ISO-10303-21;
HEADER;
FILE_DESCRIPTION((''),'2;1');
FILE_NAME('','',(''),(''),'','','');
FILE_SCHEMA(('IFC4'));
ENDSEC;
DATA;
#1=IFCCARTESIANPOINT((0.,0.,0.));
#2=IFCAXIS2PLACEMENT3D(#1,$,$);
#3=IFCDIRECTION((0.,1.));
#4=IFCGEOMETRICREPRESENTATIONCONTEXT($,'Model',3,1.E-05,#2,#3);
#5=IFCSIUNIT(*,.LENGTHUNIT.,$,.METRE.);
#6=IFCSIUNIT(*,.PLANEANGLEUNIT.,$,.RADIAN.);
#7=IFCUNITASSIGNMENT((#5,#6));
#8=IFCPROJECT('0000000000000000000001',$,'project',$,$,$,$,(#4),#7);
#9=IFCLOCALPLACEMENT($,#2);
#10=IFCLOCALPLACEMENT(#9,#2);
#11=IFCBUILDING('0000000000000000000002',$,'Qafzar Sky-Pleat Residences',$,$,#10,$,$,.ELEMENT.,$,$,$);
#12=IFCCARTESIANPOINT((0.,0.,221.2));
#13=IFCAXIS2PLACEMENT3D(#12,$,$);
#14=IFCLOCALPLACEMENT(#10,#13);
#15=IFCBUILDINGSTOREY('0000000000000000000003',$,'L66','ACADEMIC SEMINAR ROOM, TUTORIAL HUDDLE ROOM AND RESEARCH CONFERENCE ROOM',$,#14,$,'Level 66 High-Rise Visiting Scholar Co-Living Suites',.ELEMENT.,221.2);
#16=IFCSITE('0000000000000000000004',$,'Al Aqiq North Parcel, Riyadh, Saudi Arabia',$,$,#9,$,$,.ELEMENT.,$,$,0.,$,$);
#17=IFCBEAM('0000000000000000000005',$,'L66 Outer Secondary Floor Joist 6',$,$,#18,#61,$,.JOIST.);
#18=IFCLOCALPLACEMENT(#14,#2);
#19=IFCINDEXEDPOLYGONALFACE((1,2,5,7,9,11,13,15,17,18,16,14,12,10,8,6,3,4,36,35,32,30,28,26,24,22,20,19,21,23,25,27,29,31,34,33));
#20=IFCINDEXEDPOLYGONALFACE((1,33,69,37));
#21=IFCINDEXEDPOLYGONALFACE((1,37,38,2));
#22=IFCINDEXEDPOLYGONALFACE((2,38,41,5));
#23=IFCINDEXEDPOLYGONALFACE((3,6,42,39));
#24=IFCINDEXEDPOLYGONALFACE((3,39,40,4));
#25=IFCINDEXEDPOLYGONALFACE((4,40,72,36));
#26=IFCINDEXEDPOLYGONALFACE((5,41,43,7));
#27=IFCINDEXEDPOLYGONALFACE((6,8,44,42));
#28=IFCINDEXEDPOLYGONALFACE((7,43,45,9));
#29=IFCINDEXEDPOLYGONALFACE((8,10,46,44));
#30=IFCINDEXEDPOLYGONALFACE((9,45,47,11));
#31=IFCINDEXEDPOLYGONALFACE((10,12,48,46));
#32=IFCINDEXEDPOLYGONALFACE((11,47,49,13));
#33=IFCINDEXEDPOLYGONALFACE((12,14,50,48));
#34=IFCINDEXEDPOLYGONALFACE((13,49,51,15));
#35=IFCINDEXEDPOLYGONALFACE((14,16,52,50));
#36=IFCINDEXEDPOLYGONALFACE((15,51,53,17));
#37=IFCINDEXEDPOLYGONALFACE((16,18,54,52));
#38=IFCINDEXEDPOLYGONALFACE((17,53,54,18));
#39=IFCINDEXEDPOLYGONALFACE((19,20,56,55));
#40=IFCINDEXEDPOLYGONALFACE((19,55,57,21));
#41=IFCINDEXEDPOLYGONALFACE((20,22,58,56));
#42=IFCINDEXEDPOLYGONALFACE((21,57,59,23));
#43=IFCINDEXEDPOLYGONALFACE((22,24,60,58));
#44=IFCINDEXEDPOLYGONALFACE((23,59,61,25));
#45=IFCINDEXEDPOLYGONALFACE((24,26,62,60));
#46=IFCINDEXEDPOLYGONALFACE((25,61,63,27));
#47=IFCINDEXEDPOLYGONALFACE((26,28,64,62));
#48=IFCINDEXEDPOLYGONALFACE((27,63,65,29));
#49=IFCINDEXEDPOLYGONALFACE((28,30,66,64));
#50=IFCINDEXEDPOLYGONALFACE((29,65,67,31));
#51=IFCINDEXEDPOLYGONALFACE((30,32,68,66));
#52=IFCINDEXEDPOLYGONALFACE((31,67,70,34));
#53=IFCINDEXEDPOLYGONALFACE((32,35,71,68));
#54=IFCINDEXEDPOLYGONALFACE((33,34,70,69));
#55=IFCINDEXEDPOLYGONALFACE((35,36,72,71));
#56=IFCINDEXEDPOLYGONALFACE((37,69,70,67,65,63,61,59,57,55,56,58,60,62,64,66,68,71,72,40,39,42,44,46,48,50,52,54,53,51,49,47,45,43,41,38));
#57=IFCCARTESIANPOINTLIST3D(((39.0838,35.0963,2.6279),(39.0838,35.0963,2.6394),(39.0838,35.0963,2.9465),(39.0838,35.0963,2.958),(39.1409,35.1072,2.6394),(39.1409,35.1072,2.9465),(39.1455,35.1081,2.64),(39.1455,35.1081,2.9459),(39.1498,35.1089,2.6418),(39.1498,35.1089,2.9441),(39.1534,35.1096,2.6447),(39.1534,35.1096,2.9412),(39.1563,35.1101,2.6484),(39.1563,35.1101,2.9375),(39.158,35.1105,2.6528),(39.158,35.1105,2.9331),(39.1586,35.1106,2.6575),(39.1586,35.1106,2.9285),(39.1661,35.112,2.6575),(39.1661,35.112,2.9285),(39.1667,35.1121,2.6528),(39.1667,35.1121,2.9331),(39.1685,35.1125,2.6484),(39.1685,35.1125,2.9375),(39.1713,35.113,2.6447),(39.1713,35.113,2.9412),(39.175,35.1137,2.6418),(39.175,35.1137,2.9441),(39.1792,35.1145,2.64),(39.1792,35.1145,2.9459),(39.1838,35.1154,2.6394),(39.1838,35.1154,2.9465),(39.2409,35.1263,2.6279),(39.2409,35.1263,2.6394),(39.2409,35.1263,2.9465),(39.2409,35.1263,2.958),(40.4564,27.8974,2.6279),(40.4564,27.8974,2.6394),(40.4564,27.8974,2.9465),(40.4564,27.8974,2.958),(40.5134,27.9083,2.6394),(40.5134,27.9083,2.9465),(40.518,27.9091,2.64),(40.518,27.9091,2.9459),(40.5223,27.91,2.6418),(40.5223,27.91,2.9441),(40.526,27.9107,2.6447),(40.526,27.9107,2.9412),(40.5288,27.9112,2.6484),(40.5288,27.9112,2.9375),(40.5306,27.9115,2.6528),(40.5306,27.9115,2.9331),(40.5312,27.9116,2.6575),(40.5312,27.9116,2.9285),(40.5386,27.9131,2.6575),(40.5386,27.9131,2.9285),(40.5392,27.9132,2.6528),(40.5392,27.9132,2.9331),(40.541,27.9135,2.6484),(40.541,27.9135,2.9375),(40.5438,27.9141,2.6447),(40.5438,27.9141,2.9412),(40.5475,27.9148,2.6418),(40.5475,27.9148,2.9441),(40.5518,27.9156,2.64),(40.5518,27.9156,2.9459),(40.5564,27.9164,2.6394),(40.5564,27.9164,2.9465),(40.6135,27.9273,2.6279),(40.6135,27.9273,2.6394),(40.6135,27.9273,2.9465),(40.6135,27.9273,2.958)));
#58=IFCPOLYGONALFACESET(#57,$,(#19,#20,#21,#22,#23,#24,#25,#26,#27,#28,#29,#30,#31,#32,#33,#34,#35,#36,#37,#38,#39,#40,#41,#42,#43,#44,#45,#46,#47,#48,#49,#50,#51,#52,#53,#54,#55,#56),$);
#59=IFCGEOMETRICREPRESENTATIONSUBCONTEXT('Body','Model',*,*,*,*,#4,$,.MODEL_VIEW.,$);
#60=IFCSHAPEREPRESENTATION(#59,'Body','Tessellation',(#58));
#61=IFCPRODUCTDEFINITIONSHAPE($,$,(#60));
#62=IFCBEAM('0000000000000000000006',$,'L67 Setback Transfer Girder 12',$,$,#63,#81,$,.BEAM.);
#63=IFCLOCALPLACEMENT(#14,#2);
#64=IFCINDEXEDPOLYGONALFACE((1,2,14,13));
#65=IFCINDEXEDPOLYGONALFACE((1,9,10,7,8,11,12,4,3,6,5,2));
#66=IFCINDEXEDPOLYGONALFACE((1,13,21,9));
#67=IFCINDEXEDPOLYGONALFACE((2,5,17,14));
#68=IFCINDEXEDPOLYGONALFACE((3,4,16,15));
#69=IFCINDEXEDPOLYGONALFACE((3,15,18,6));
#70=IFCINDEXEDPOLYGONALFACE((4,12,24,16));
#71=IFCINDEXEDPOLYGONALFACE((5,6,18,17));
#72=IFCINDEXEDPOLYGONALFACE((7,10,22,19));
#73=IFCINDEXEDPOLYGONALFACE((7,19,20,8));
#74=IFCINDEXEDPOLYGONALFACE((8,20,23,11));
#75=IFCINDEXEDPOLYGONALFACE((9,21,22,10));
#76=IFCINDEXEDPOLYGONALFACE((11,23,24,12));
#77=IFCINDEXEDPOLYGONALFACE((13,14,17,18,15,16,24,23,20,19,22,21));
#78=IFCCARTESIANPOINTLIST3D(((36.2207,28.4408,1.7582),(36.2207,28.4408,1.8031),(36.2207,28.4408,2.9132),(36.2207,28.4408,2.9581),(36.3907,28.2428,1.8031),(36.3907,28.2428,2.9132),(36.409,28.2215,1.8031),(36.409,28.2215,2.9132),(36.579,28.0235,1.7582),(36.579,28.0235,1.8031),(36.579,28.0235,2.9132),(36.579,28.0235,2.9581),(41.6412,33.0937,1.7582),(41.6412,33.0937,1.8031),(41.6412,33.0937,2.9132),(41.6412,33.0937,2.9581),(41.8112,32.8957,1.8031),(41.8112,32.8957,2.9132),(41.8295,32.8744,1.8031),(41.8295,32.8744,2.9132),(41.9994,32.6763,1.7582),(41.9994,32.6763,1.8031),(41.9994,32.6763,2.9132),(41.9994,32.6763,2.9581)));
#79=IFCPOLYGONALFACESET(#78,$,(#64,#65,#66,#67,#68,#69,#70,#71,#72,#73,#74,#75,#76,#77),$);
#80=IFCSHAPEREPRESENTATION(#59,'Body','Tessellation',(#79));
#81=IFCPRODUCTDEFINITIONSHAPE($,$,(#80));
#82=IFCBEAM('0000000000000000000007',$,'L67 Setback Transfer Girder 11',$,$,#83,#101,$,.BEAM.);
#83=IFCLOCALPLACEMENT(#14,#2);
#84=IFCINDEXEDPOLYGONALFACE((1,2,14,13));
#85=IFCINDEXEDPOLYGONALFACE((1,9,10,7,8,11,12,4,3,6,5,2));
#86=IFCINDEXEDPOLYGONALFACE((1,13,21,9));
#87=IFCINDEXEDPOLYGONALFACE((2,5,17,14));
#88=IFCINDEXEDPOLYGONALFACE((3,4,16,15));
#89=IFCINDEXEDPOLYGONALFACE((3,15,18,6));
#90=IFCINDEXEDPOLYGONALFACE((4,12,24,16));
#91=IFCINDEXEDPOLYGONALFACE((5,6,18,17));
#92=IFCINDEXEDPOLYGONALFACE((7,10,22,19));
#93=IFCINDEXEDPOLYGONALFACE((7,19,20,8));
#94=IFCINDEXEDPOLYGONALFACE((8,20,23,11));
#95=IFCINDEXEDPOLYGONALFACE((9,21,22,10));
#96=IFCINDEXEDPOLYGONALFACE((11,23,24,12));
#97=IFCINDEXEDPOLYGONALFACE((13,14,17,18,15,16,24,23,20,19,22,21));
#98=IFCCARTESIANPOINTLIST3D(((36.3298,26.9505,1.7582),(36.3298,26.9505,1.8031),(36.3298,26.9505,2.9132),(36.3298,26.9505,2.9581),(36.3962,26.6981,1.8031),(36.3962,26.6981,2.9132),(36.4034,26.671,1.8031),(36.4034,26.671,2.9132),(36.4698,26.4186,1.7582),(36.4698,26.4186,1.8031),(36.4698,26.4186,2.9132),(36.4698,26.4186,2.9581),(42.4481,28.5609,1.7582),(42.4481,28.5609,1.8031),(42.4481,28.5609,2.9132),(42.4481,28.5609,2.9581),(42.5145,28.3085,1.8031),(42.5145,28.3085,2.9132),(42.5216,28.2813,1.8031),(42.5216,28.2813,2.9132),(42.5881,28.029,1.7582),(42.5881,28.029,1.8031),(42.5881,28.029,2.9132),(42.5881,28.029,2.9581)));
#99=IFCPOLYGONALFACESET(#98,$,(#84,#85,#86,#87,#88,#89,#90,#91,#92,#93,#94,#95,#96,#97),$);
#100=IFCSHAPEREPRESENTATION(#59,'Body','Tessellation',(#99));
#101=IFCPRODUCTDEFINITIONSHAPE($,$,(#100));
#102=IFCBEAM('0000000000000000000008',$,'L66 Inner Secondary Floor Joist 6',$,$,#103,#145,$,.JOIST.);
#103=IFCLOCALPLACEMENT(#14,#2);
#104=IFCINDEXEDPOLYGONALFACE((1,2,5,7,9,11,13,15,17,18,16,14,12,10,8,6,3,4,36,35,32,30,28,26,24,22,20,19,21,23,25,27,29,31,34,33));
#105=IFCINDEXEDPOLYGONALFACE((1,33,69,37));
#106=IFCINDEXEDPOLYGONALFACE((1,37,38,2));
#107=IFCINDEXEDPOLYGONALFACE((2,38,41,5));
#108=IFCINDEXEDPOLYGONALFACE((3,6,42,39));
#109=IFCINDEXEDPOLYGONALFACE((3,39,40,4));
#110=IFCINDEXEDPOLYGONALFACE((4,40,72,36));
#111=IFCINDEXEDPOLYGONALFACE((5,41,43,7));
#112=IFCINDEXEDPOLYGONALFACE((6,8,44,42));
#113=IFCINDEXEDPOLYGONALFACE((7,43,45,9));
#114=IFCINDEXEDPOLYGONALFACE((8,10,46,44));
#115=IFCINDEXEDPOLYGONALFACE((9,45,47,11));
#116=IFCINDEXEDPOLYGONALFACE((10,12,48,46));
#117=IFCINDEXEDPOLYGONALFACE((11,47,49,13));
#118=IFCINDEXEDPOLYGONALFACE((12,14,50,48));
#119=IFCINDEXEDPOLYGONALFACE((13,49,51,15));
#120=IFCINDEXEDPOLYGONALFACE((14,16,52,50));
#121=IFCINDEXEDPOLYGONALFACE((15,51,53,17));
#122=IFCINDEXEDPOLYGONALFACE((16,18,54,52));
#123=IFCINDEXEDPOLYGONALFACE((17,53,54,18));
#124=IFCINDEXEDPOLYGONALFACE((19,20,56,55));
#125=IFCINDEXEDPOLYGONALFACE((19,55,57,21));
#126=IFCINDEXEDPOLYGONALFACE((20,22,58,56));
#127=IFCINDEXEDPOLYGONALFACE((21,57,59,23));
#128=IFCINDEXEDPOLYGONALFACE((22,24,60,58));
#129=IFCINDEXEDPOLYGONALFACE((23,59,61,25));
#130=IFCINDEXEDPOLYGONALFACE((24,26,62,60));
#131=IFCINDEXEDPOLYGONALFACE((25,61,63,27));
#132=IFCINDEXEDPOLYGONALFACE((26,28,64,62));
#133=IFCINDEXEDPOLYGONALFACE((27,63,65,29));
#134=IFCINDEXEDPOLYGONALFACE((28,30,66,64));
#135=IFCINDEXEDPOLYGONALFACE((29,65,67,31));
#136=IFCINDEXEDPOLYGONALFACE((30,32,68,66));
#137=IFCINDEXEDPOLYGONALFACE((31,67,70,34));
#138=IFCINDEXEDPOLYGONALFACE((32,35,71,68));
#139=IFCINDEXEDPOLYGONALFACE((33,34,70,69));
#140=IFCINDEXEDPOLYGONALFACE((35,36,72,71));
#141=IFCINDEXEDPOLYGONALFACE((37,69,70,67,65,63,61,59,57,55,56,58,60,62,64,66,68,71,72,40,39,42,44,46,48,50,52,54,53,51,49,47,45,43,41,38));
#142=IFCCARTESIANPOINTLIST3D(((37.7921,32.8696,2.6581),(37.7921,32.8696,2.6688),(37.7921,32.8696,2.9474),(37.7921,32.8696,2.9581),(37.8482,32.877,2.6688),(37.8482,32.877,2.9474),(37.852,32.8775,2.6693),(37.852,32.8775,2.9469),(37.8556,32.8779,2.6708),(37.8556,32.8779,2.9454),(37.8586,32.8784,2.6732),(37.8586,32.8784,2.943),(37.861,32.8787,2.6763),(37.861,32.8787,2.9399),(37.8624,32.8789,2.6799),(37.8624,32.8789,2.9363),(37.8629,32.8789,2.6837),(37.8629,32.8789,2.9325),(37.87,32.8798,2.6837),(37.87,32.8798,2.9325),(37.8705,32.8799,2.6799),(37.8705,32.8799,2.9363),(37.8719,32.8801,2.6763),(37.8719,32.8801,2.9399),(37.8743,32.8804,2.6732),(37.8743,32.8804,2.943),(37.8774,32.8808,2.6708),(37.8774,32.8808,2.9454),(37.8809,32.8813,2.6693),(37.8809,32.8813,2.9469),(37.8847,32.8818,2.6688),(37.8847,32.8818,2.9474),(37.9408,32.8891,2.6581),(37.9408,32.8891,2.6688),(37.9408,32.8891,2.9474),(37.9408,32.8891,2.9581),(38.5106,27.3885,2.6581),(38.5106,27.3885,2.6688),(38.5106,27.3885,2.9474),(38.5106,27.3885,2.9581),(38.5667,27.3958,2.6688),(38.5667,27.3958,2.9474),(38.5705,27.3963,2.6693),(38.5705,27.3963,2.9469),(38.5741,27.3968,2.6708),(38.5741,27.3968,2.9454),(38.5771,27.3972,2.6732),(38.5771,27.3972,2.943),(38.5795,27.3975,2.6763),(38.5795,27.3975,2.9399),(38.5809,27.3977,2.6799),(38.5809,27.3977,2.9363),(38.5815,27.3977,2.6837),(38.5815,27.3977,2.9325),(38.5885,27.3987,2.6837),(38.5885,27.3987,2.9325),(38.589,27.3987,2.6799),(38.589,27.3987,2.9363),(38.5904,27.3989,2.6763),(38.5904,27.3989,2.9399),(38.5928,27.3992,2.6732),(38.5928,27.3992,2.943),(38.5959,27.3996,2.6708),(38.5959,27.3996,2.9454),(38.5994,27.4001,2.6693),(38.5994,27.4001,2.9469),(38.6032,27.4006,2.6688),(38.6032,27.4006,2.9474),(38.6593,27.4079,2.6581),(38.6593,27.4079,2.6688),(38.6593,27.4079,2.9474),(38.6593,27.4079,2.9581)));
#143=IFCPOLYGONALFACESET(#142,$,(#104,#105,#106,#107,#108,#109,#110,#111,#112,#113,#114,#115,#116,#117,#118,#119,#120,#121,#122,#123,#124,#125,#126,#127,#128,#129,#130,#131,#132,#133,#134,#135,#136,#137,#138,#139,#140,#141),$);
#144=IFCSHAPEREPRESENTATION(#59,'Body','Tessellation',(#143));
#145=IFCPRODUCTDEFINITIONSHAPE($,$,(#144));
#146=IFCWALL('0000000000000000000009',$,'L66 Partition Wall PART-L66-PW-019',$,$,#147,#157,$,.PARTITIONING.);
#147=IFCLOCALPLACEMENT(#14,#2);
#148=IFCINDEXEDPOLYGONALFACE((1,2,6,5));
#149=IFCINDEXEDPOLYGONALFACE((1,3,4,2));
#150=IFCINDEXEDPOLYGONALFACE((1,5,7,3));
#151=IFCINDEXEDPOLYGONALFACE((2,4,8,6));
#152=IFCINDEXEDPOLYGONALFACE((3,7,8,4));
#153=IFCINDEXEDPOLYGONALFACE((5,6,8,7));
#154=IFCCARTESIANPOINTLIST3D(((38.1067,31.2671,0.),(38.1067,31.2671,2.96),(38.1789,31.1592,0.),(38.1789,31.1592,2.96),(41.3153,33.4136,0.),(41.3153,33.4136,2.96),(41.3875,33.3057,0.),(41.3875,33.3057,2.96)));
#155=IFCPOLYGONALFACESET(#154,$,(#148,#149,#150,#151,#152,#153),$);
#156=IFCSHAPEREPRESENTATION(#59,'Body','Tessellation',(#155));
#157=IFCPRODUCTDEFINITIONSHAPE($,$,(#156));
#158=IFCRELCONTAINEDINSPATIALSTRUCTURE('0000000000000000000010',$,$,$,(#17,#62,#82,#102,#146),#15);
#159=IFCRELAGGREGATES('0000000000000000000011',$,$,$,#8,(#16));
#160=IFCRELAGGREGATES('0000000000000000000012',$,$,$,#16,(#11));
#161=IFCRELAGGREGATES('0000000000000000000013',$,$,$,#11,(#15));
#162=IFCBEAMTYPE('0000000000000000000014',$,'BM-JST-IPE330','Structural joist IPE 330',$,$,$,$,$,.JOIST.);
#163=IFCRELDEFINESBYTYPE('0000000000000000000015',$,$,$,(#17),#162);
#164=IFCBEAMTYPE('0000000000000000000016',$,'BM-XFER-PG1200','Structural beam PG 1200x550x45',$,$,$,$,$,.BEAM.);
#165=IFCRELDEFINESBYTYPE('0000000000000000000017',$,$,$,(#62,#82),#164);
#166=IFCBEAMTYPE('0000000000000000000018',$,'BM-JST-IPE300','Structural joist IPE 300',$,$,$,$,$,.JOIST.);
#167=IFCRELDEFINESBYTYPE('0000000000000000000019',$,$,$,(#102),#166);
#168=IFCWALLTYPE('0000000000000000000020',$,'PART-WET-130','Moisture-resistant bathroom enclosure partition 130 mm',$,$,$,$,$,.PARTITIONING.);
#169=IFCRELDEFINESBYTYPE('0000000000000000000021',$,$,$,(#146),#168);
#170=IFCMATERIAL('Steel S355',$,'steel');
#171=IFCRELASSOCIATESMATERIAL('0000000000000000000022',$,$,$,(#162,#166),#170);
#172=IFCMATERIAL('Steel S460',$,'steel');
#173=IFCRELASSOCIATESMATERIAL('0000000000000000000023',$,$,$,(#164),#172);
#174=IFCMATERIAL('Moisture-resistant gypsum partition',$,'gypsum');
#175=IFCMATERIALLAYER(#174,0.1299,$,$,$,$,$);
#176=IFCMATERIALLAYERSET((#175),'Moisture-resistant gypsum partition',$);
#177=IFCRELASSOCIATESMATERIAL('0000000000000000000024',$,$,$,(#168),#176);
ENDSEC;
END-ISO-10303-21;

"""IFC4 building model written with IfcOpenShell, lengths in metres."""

from ifc_helpers import new_model, si_unit, direction, frame, frame_2d, origin, origin_2d, place, context, subcontext, project, spatial, rectangle, i_section, extrude, source, transform, mapped, material, layer, layer_set, material_profile, profile_set, type_object, element, save


model = new_model("IFC4")

# Units and contexts
model_context = context("Model", 3, precision=1e-05, world=origin(), true_north=direction((0.0, 1.0)))
body_context = subcontext(model_context, "Body", "Model", "MODEL_VIEW")
ifc_project = project(units=[si_unit("LENGTHUNIT", "METRE"), si_unit("PLANEANGLEUNIT", "RADIAN")], contexts=[model_context])

# Site, building, storey
site_placement = place(None, origin())
site = spatial("IfcSite", under=ifc_project, at=site_placement, Name="Al Aqiq North Parcel, Riyadh, Saudi Arabia", CompositionType="ELEMENT", RefElevation=0.0)
building_placement = place(site_placement, origin())
building = spatial("IfcBuilding", under=site, at=building_placement, Name="Qafzar Sky-Pleat Residences", CompositionType="ELEMENT")
storey_placement = place(building_placement, frame((0.0, 0.0, 221.2)))
storey = spatial("IfcBuildingStorey", under=building, at=storey_placement, Name="L66", Description="ACADEMIC SEMINAR ROOM, TUTORIAL HUDDLE ROOM AND RESEARCH CONFERENCE ROOM", LongName="Level 66 High-Rise Visiting Scholar Co-Living Suites", CompositionType="ELEMENT", Elevation=221.2)

# Shared definitions
ifc_material_1 = material(Name="Steel S355", Category="steel")

# Beams
ifc_material_profile_1 = material_profile(ifc_material_1, i_section(OverallWidth=0.1599, OverallDepth=0.3301, WebThickness=0.0076, FlangeThickness=0.0115, FilletRadius=0.0181, at=origin_2d()), Name="IPE 330")
ifc_profile_set_1 = profile_set([ifc_material_profile_1], Name="Steel S355")
beam_type_1 = type_object("IfcBeamType", Name="BM-JST-IPE330", Description="Structural joist IPE 330", PredefinedType="JOIST", material=ifc_profile_set_1)
shared_shape_1 = source(origin(), body_context, "Body", "SweptSolid", [
    extrude(i_section(OverallWidth=0.1599, OverallDepth=0.3301, WebThickness=0.0076, FlangeThickness=0.0115, FilletRadius=0.0181, at=origin_2d()), origin(), (0.0, 0.0, 1.0), 7.3286),
])
beam_1_placement = place(storey_placement, frame((40.5349, 27.9124, 2.793), z_axis=(-0.187287, 0.982305, 0.0), x_axis=(-0.982305, -0.187287, 0.0)))
element("IfcBeam", 1, at=beam_1_placement, inside=storey, type_object=beam_type_1, Name="L66 Outer Secondary Floor Joist 6", PredefinedType="JOIST", context=body_context, shape_type="MappedRepresentation", body=[
    mapped(shared_shape_1, transform((0.0, 0.0, 0.0), x_axis=(1.0, 0.0, 0.0), y_axis=(0.0, 1.0, 0.0), z_axis=(0.0, 0.0, 1.0), scale=1.0)),
])
ifc_material_2 = material(Name="Steel S460", Category="steel")
ifc_material_profile_2 = material_profile(ifc_material_2, i_section(OverallWidth=0.55, OverallDepth=1.2, WebThickness=0.0281, FlangeThickness=0.0449, at=origin_2d()), Name="PG 1200x550x45")
ifc_profile_set_2 = profile_set([ifc_material_profile_2], Name="Steel S460")
beam_type_2 = type_object("IfcBeamType", Name="BM-XFER-PG1200", Description="Structural beam PG 1200x550x45", PredefinedType="BEAM", material=ifc_profile_set_2)
shared_shape_2 = source(origin(), body_context, "Body", "SweptSolid", [
    extrude(i_section(OverallWidth=0.55, OverallDepth=1.2, WebThickness=0.0281, FlangeThickness=0.0449, at=origin_2d()), origin(), (0.0, 0.0, 1.0), 7.1436),
])
beam_2_placement = place(storey_placement, frame((41.8203, 32.885, 2.3582), z_axis=(-0.758788, -0.651337, 0.0), x_axis=(0.651337, -0.758788, 0.0)))
element("IfcBeam", 2, at=beam_2_placement, inside=storey, type_object=beam_type_2, Name="L67 Setback Transfer Girder 12", PredefinedType="BEAM", context=body_context, shape_type="MappedRepresentation", body=[
    mapped(shared_shape_2, transform((0.0, 0.0, 0.0), x_axis=(1.0, 0.0, 0.0), y_axis=(0.0, 1.0, 0.0), z_axis=(0.0, 0.0, 1.0), scale=1.0)),
])
shared_shape_3 = source(origin(), body_context, "Body", "SweptSolid", [
    extrude(i_section(OverallWidth=0.55, OverallDepth=1.2, WebThickness=0.0281, FlangeThickness=0.0449, at=origin_2d()), origin(), (0.0, 0.0, 1.0), 6.3267),
])
beam_3_placement = place(storey_placement, frame((42.5181, 28.2949, 2.3582), z_axis=(-0.967063, -0.254539, 0.0), x_axis=(0.254539, -0.967063, 0.0)))
element("IfcBeam", 3, at=beam_3_placement, inside=storey, type_object=beam_type_2, Name="L67 Setback Transfer Girder 11", PredefinedType="BEAM", context=body_context, shape_type="MappedRepresentation", body=[
    mapped(shared_shape_3, transform((0.0, 0.0, 0.0), x_axis=(1.0, 0.0, 0.0), y_axis=(0.0, 1.0, 0.0), z_axis=(0.0, 0.0, 1.0), scale=1.0)),
])
ifc_material_profile_3 = material_profile(ifc_material_1, i_section(OverallWidth=0.1499, OverallDepth=0.3, WebThickness=0.0071, FlangeThickness=0.0107, FilletRadius=0.0149, at=origin_2d()), Name="IPE 300")
ifc_profile_set_3 = profile_set([ifc_material_profile_3], Name="Steel S355")
beam_type_3 = type_object("IfcBeamType", Name="BM-JST-IPE300", Description="Structural joist IPE 300", PredefinedType="JOIST", material=ifc_profile_set_3)
shared_shape_4 = source(origin(), body_context, "Body", "SweptSolid", [
    extrude(i_section(OverallWidth=0.1499, OverallDepth=0.3, WebThickness=0.0071, FlangeThickness=0.0107, FilletRadius=0.0149, at=origin_2d()), origin(), (0.0, 0.0, 1.0), 5.5281),
])
beam_4_placement = place(storey_placement, frame((38.585, 27.3982, 2.8081), z_axis=(-0.129974, 0.991517, 0.0), x_axis=(-0.991517, -0.129974, 0.0)))
element("IfcBeam", 4, at=beam_4_placement, inside=storey, type_object=beam_type_3, Name="L66 Inner Secondary Floor Joist 6", PredefinedType="JOIST", context=body_context, shape_type="MappedRepresentation", body=[
    mapped(shared_shape_4, transform((0.0, 0.0, 0.0), x_axis=(1.0, 0.0, 0.0), y_axis=(0.0, 1.0, 0.0), z_axis=(0.0, 0.0, 1.0), scale=1.0)),
])

# Wall
ifc_material_3 = material(Name="Moisture-resistant gypsum partition", Category="gypsum")
ifc_layer_1 = layer(ifc_material_3, 0.1299)
ifc_layer_set_1 = layer_set([ifc_layer_1], Name="Moisture-resistant gypsum partition")
wall_type_1 = type_object("IfcWallType", Name="PART-WET-130", Description="Moisture-resistant bathroom enclosure partition 130 mm", PredefinedType="PARTITIONING", material=ifc_layer_set_1)
wall_1_placement = place(storey_placement, frame((38.1428, 31.2131, 0.0), z_axis=(0.0, 0.0, 1.0), x_axis=(0.831154, 0.556042, 0.0)))
element("IfcWall", 5, at=wall_1_placement, inside=storey, type_object=wall_type_1, Name="L66 Partition Wall PART-L66-PW-019", PredefinedType="PARTITIONING", context=body_context, shape_type="SweptSolid", body=[
    extrude(rectangle(XDim=3.8604, YDim=0.1299, at=frame_2d((1.9302, 0.0))), origin(), (0.0, 0.0, 1.0), 2.96),
])

save(model, "model.ifc")
